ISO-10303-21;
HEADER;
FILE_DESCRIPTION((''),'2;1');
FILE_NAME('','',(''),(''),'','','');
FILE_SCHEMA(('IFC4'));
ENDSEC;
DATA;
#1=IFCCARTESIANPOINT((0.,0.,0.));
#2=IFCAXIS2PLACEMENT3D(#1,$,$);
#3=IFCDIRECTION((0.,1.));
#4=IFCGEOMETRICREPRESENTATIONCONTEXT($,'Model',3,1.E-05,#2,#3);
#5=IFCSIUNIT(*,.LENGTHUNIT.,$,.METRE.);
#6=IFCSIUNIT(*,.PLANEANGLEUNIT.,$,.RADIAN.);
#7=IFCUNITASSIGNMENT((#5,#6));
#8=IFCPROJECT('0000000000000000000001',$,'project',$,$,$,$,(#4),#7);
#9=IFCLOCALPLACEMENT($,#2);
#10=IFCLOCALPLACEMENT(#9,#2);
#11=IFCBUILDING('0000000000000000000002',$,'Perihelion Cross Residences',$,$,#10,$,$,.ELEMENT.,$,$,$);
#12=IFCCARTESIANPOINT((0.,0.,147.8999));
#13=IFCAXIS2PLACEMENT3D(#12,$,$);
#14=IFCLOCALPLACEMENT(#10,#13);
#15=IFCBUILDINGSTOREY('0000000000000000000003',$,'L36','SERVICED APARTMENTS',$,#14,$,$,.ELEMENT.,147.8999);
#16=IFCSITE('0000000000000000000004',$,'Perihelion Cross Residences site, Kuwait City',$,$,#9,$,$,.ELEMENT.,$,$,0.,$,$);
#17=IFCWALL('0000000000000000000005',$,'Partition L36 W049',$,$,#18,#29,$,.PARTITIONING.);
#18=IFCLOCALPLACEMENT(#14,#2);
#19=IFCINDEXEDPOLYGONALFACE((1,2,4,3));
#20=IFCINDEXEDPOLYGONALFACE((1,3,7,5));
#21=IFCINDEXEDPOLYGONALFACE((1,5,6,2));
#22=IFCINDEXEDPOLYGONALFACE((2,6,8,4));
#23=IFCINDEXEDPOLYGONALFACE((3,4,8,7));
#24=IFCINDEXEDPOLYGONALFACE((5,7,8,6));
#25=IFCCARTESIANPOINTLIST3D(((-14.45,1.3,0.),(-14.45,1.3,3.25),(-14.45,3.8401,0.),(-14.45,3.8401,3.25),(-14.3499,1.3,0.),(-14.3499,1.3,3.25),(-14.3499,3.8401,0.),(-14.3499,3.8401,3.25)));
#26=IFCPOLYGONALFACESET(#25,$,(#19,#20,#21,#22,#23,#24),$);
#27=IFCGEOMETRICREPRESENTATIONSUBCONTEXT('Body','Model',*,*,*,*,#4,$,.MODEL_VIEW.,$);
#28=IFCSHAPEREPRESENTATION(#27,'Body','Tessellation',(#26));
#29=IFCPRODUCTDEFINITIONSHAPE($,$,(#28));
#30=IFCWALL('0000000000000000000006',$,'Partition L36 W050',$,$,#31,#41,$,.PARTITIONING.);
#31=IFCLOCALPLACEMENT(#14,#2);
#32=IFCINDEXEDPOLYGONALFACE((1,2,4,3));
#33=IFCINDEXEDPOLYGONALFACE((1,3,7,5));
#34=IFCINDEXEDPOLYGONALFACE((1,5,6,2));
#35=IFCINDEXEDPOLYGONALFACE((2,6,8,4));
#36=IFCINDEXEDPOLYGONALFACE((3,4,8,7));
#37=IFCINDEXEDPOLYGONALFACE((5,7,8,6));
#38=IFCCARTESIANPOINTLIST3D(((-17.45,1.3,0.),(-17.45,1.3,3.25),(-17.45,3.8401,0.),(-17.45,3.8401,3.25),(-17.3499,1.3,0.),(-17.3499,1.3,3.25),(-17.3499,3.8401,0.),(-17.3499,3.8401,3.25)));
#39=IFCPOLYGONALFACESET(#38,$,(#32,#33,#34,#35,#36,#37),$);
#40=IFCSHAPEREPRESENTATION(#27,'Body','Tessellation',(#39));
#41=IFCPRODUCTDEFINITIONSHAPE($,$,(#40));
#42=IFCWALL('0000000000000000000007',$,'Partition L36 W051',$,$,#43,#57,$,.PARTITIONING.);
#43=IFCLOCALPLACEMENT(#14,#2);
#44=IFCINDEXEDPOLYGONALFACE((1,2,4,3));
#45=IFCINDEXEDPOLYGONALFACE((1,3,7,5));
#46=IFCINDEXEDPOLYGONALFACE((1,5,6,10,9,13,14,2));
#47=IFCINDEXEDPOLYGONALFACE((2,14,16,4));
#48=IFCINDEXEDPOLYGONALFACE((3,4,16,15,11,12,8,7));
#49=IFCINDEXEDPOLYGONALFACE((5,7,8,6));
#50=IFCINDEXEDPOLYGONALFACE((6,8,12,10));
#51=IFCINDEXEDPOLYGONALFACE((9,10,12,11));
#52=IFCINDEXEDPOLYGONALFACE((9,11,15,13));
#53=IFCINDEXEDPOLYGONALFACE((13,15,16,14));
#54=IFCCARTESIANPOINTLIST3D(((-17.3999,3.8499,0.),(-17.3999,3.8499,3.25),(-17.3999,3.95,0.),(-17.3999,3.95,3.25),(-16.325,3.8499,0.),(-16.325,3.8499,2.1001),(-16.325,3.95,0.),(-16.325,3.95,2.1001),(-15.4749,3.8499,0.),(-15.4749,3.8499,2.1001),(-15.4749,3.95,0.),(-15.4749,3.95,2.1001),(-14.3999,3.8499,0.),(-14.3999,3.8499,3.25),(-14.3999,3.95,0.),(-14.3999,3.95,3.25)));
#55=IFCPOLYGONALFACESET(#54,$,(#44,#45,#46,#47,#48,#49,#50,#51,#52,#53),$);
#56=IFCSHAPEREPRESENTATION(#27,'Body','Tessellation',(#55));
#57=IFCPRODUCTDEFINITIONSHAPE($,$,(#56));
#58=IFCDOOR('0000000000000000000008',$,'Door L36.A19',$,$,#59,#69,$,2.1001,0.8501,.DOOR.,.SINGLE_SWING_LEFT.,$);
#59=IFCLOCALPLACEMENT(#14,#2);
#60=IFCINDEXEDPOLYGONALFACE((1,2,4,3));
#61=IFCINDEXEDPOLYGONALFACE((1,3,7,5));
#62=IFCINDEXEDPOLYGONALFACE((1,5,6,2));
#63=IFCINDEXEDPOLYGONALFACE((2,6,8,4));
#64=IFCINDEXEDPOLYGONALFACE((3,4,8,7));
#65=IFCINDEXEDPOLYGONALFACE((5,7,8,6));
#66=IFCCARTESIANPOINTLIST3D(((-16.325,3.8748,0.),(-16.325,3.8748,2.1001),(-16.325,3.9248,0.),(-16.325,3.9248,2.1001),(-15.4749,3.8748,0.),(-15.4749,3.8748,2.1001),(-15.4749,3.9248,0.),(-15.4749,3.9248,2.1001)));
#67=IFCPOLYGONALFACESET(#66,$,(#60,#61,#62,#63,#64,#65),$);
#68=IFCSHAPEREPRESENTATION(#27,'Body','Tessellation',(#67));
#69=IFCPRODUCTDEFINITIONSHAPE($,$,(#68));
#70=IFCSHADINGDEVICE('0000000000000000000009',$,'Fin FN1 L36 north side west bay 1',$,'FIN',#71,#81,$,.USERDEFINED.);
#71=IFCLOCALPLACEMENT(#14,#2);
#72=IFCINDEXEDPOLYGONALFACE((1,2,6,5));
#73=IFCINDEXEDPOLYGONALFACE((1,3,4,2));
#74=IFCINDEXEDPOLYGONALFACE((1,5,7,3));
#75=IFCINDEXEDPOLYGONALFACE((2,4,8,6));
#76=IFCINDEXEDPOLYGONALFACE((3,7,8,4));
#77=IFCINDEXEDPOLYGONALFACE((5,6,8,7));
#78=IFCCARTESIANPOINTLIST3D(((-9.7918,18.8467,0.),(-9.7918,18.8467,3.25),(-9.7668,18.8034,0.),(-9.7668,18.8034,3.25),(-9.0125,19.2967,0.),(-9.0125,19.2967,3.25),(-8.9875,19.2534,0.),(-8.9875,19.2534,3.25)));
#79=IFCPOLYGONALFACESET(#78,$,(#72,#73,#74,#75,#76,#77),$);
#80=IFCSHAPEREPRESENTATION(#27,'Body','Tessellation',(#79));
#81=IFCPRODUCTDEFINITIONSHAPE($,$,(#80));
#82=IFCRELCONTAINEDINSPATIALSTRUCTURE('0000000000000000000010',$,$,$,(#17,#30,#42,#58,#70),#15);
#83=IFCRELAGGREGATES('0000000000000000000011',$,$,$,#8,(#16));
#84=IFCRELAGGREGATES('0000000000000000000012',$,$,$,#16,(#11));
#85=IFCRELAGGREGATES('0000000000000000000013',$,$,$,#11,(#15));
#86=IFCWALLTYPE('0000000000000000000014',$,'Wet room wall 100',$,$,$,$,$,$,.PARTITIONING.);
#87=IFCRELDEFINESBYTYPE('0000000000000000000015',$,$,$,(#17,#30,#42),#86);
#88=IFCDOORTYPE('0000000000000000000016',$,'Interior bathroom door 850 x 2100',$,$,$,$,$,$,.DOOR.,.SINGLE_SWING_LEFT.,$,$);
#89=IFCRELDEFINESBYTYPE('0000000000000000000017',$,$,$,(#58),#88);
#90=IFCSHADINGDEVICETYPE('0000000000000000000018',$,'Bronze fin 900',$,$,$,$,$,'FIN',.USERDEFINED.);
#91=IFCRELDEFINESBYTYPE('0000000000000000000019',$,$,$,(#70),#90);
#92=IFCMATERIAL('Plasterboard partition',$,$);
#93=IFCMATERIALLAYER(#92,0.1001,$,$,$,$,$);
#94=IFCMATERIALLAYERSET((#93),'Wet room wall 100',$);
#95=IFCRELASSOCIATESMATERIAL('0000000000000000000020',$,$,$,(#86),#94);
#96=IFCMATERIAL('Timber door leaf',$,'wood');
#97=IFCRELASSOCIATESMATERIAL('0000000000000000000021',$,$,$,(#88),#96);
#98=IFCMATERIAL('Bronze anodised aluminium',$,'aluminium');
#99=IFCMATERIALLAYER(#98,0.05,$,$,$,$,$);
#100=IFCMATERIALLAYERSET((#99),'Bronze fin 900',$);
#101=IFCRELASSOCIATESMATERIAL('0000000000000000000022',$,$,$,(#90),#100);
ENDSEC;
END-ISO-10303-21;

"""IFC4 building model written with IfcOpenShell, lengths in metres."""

from ifc_helpers import new_model, si_unit, direction, frame, frame_2d, origin, origin_2d, place, context, subcontext, project, spatial, rectangle, extrude, material, layer, layer_set, type_object, element, fill, save


model = new_model("IFC4")

# Units and contexts
model_context = context("Model", 3, precision=1e-05, world=origin(), true_north=direction((0.0, 1.0)))
body_context = subcontext(model_context, "Body", "Model", "MODEL_VIEW")
ifc_project = project(units=[si_unit("LENGTHUNIT", "METRE"), si_unit("PLANEANGLEUNIT", "RADIAN")], contexts=[model_context])

# Site, building, storey
site_placement = place(None, origin())
site = spatial("IfcSite", under=ifc_project, at=site_placement, Name="Perihelion Cross Residences site, Kuwait City", CompositionType="ELEMENT", RefElevation=0.0)
building_placement = place(site_placement, origin())
building = spatial("IfcBuilding", under=site, at=building_placement, Name="Perihelion Cross Residences", CompositionType="ELEMENT")
storey_placement = place(building_placement, frame((0.0, 0.0, 147.8999)))
storey = spatial("IfcBuildingStorey", under=building, at=storey_placement, Name="L36", Description="SERVICED APARTMENTS", CompositionType="ELEMENT", Elevation=147.8999)

# Walls
ifc_material_1 = material(Name="Plasterboard partition")
ifc_layer_1 = layer(ifc_material_1, 0.1001)
ifc_layer_set_1 = layer_set([ifc_layer_1], Name="Wet room wall 100")
wall_type_1 = type_object("IfcWallType", Name="Wet room wall 100", PredefinedType="PARTITIONING", material=ifc_layer_set_1)
for number, where, z_axis, x_axis, name in (
    (1, (-14.3999, 1.3, 0.0), (0.0, 0.0, 1.0), (0.0, 1.0, 0.0), "Partition L36 W049"),
    (2, (-17.3999, 1.3, 0.0), (0.0, 0.0, 1.0), (0.0, 1.0, 0.0), "Partition L36 W050"),
):
    element("IfcWall", number, at=place(storey_placement, frame(where, z_axis=z_axis, x_axis=x_axis)), inside=storey, type_object=wall_type_1, Name=name, PredefinedType="PARTITIONING", context=body_context, shape_type="SweptSolid", body=[
        extrude(rectangle(XDim=2.54, YDim=0.1001, at=frame_2d((1.27, 0.0))), origin(), (0.0, 0.0, 1.0), 3.25),
    ])

# Wall, opening, door
wall_1_placement = place(storey_placement, frame((-17.3999, 3.8999, 0.0), z_axis=(0.0, 0.0, 1.0), x_axis=(1.0, 0.0, 0.0)))
wall_1 = element("IfcWall", 3, at=wall_1_placement, inside=storey, type_object=wall_type_1, Name="Partition L36 W051", PredefinedType="PARTITIONING", context=body_context, shape_type="SweptSolid", body=[
    extrude(rectangle(XDim=3.0, YDim=0.1001, at=frame_2d((1.5, 0.0))), origin(), (0.0, 0.0, 1.0), 3.25),
])
opening_1_placement = place(wall_1_placement, frame((1.075, 0.0, 0.0)))
opening_1 = element("IfcOpeningElement", 4, at=opening_1_placement, cuts=wall_1, PredefinedType="OPENING", context=body_context, shape_type="SweptSolid", body=[
    extrude(rectangle(XDim=0.8501, YDim=2.1001, at=frame_2d((0.425, 1.05))), frame((0.0, 0.0601, 0.0), z_axis=(0.0, -1.0, 0.0), x_axis=(1.0, 0.0, 0.0)), (0.0, 0.0, 1.0), 0.1201),
])
ifc_material_2 = material(Name="Timber door leaf", Category="wood")
door_type_1 = type_object("IfcDoorType", Name="Interior bathroom door 850 x 2100", OperationType="SINGLE_SWING_LEFT", PredefinedType="DOOR", material=ifc_material_2)
door_1_placement = place(opening_1_placement, origin())
door_1 = element("IfcDoor", 5, at=door_1_placement, inside=storey, type_object=door_type_1, Name="Door L36.A19", OperationType="SINGLE_SWING_LEFT", OverallHeight=2.1001, OverallWidth=0.8501, PredefinedType="DOOR", context=body_context, shape_type="SweptSolid", body=[
    extrude(rectangle(XDim=0.8501, YDim=2.1001, at=frame_2d((0.425, 1.05))), frame((0.0, 0.0249, 0.0), z_axis=(0.0, -1.0, 0.0), x_axis=(1.0, 0.0, 0.0)), (0.0, 0.0, 1.0), 0.05),
])
fill(opening_1, door_1)

# Shading device
ifc_material_3 = material(Name="Bronze anodised aluminium", Category="aluminium")
ifc_layer_2 = layer(ifc_material_3, 0.05)
ifc_layer_set_2 = layer_set([ifc_layer_2], Name="Bronze fin 900")
shading_device_type = type_object("IfcShadingDeviceType", Name="Bronze fin 900", ElementType="FIN", PredefinedType="USERDEFINED", material=ifc_layer_set_2)
shading_device_placement = place(storey_placement, frame((-9.3896, 19.05, 0.0), z_axis=(0.0, 0.0, 1.0), x_axis=(-0.866025, -0.5, 0.0)))
element("IfcShadingDevice", 6, at=shading_device_placement, inside=storey, type_object=shading_device_type, Name="Fin FN1 L36 north side west bay 1", ObjectType="FIN", PredefinedType="USERDEFINED", context=body_context, shape_type="SweptSolid", body=[
    extrude(rectangle(XDim=0.8999, YDim=0.05, at=origin_2d()), origin(), (0.0, 0.0, 1.0), 3.25),
])

save(model, "model.ifc")
